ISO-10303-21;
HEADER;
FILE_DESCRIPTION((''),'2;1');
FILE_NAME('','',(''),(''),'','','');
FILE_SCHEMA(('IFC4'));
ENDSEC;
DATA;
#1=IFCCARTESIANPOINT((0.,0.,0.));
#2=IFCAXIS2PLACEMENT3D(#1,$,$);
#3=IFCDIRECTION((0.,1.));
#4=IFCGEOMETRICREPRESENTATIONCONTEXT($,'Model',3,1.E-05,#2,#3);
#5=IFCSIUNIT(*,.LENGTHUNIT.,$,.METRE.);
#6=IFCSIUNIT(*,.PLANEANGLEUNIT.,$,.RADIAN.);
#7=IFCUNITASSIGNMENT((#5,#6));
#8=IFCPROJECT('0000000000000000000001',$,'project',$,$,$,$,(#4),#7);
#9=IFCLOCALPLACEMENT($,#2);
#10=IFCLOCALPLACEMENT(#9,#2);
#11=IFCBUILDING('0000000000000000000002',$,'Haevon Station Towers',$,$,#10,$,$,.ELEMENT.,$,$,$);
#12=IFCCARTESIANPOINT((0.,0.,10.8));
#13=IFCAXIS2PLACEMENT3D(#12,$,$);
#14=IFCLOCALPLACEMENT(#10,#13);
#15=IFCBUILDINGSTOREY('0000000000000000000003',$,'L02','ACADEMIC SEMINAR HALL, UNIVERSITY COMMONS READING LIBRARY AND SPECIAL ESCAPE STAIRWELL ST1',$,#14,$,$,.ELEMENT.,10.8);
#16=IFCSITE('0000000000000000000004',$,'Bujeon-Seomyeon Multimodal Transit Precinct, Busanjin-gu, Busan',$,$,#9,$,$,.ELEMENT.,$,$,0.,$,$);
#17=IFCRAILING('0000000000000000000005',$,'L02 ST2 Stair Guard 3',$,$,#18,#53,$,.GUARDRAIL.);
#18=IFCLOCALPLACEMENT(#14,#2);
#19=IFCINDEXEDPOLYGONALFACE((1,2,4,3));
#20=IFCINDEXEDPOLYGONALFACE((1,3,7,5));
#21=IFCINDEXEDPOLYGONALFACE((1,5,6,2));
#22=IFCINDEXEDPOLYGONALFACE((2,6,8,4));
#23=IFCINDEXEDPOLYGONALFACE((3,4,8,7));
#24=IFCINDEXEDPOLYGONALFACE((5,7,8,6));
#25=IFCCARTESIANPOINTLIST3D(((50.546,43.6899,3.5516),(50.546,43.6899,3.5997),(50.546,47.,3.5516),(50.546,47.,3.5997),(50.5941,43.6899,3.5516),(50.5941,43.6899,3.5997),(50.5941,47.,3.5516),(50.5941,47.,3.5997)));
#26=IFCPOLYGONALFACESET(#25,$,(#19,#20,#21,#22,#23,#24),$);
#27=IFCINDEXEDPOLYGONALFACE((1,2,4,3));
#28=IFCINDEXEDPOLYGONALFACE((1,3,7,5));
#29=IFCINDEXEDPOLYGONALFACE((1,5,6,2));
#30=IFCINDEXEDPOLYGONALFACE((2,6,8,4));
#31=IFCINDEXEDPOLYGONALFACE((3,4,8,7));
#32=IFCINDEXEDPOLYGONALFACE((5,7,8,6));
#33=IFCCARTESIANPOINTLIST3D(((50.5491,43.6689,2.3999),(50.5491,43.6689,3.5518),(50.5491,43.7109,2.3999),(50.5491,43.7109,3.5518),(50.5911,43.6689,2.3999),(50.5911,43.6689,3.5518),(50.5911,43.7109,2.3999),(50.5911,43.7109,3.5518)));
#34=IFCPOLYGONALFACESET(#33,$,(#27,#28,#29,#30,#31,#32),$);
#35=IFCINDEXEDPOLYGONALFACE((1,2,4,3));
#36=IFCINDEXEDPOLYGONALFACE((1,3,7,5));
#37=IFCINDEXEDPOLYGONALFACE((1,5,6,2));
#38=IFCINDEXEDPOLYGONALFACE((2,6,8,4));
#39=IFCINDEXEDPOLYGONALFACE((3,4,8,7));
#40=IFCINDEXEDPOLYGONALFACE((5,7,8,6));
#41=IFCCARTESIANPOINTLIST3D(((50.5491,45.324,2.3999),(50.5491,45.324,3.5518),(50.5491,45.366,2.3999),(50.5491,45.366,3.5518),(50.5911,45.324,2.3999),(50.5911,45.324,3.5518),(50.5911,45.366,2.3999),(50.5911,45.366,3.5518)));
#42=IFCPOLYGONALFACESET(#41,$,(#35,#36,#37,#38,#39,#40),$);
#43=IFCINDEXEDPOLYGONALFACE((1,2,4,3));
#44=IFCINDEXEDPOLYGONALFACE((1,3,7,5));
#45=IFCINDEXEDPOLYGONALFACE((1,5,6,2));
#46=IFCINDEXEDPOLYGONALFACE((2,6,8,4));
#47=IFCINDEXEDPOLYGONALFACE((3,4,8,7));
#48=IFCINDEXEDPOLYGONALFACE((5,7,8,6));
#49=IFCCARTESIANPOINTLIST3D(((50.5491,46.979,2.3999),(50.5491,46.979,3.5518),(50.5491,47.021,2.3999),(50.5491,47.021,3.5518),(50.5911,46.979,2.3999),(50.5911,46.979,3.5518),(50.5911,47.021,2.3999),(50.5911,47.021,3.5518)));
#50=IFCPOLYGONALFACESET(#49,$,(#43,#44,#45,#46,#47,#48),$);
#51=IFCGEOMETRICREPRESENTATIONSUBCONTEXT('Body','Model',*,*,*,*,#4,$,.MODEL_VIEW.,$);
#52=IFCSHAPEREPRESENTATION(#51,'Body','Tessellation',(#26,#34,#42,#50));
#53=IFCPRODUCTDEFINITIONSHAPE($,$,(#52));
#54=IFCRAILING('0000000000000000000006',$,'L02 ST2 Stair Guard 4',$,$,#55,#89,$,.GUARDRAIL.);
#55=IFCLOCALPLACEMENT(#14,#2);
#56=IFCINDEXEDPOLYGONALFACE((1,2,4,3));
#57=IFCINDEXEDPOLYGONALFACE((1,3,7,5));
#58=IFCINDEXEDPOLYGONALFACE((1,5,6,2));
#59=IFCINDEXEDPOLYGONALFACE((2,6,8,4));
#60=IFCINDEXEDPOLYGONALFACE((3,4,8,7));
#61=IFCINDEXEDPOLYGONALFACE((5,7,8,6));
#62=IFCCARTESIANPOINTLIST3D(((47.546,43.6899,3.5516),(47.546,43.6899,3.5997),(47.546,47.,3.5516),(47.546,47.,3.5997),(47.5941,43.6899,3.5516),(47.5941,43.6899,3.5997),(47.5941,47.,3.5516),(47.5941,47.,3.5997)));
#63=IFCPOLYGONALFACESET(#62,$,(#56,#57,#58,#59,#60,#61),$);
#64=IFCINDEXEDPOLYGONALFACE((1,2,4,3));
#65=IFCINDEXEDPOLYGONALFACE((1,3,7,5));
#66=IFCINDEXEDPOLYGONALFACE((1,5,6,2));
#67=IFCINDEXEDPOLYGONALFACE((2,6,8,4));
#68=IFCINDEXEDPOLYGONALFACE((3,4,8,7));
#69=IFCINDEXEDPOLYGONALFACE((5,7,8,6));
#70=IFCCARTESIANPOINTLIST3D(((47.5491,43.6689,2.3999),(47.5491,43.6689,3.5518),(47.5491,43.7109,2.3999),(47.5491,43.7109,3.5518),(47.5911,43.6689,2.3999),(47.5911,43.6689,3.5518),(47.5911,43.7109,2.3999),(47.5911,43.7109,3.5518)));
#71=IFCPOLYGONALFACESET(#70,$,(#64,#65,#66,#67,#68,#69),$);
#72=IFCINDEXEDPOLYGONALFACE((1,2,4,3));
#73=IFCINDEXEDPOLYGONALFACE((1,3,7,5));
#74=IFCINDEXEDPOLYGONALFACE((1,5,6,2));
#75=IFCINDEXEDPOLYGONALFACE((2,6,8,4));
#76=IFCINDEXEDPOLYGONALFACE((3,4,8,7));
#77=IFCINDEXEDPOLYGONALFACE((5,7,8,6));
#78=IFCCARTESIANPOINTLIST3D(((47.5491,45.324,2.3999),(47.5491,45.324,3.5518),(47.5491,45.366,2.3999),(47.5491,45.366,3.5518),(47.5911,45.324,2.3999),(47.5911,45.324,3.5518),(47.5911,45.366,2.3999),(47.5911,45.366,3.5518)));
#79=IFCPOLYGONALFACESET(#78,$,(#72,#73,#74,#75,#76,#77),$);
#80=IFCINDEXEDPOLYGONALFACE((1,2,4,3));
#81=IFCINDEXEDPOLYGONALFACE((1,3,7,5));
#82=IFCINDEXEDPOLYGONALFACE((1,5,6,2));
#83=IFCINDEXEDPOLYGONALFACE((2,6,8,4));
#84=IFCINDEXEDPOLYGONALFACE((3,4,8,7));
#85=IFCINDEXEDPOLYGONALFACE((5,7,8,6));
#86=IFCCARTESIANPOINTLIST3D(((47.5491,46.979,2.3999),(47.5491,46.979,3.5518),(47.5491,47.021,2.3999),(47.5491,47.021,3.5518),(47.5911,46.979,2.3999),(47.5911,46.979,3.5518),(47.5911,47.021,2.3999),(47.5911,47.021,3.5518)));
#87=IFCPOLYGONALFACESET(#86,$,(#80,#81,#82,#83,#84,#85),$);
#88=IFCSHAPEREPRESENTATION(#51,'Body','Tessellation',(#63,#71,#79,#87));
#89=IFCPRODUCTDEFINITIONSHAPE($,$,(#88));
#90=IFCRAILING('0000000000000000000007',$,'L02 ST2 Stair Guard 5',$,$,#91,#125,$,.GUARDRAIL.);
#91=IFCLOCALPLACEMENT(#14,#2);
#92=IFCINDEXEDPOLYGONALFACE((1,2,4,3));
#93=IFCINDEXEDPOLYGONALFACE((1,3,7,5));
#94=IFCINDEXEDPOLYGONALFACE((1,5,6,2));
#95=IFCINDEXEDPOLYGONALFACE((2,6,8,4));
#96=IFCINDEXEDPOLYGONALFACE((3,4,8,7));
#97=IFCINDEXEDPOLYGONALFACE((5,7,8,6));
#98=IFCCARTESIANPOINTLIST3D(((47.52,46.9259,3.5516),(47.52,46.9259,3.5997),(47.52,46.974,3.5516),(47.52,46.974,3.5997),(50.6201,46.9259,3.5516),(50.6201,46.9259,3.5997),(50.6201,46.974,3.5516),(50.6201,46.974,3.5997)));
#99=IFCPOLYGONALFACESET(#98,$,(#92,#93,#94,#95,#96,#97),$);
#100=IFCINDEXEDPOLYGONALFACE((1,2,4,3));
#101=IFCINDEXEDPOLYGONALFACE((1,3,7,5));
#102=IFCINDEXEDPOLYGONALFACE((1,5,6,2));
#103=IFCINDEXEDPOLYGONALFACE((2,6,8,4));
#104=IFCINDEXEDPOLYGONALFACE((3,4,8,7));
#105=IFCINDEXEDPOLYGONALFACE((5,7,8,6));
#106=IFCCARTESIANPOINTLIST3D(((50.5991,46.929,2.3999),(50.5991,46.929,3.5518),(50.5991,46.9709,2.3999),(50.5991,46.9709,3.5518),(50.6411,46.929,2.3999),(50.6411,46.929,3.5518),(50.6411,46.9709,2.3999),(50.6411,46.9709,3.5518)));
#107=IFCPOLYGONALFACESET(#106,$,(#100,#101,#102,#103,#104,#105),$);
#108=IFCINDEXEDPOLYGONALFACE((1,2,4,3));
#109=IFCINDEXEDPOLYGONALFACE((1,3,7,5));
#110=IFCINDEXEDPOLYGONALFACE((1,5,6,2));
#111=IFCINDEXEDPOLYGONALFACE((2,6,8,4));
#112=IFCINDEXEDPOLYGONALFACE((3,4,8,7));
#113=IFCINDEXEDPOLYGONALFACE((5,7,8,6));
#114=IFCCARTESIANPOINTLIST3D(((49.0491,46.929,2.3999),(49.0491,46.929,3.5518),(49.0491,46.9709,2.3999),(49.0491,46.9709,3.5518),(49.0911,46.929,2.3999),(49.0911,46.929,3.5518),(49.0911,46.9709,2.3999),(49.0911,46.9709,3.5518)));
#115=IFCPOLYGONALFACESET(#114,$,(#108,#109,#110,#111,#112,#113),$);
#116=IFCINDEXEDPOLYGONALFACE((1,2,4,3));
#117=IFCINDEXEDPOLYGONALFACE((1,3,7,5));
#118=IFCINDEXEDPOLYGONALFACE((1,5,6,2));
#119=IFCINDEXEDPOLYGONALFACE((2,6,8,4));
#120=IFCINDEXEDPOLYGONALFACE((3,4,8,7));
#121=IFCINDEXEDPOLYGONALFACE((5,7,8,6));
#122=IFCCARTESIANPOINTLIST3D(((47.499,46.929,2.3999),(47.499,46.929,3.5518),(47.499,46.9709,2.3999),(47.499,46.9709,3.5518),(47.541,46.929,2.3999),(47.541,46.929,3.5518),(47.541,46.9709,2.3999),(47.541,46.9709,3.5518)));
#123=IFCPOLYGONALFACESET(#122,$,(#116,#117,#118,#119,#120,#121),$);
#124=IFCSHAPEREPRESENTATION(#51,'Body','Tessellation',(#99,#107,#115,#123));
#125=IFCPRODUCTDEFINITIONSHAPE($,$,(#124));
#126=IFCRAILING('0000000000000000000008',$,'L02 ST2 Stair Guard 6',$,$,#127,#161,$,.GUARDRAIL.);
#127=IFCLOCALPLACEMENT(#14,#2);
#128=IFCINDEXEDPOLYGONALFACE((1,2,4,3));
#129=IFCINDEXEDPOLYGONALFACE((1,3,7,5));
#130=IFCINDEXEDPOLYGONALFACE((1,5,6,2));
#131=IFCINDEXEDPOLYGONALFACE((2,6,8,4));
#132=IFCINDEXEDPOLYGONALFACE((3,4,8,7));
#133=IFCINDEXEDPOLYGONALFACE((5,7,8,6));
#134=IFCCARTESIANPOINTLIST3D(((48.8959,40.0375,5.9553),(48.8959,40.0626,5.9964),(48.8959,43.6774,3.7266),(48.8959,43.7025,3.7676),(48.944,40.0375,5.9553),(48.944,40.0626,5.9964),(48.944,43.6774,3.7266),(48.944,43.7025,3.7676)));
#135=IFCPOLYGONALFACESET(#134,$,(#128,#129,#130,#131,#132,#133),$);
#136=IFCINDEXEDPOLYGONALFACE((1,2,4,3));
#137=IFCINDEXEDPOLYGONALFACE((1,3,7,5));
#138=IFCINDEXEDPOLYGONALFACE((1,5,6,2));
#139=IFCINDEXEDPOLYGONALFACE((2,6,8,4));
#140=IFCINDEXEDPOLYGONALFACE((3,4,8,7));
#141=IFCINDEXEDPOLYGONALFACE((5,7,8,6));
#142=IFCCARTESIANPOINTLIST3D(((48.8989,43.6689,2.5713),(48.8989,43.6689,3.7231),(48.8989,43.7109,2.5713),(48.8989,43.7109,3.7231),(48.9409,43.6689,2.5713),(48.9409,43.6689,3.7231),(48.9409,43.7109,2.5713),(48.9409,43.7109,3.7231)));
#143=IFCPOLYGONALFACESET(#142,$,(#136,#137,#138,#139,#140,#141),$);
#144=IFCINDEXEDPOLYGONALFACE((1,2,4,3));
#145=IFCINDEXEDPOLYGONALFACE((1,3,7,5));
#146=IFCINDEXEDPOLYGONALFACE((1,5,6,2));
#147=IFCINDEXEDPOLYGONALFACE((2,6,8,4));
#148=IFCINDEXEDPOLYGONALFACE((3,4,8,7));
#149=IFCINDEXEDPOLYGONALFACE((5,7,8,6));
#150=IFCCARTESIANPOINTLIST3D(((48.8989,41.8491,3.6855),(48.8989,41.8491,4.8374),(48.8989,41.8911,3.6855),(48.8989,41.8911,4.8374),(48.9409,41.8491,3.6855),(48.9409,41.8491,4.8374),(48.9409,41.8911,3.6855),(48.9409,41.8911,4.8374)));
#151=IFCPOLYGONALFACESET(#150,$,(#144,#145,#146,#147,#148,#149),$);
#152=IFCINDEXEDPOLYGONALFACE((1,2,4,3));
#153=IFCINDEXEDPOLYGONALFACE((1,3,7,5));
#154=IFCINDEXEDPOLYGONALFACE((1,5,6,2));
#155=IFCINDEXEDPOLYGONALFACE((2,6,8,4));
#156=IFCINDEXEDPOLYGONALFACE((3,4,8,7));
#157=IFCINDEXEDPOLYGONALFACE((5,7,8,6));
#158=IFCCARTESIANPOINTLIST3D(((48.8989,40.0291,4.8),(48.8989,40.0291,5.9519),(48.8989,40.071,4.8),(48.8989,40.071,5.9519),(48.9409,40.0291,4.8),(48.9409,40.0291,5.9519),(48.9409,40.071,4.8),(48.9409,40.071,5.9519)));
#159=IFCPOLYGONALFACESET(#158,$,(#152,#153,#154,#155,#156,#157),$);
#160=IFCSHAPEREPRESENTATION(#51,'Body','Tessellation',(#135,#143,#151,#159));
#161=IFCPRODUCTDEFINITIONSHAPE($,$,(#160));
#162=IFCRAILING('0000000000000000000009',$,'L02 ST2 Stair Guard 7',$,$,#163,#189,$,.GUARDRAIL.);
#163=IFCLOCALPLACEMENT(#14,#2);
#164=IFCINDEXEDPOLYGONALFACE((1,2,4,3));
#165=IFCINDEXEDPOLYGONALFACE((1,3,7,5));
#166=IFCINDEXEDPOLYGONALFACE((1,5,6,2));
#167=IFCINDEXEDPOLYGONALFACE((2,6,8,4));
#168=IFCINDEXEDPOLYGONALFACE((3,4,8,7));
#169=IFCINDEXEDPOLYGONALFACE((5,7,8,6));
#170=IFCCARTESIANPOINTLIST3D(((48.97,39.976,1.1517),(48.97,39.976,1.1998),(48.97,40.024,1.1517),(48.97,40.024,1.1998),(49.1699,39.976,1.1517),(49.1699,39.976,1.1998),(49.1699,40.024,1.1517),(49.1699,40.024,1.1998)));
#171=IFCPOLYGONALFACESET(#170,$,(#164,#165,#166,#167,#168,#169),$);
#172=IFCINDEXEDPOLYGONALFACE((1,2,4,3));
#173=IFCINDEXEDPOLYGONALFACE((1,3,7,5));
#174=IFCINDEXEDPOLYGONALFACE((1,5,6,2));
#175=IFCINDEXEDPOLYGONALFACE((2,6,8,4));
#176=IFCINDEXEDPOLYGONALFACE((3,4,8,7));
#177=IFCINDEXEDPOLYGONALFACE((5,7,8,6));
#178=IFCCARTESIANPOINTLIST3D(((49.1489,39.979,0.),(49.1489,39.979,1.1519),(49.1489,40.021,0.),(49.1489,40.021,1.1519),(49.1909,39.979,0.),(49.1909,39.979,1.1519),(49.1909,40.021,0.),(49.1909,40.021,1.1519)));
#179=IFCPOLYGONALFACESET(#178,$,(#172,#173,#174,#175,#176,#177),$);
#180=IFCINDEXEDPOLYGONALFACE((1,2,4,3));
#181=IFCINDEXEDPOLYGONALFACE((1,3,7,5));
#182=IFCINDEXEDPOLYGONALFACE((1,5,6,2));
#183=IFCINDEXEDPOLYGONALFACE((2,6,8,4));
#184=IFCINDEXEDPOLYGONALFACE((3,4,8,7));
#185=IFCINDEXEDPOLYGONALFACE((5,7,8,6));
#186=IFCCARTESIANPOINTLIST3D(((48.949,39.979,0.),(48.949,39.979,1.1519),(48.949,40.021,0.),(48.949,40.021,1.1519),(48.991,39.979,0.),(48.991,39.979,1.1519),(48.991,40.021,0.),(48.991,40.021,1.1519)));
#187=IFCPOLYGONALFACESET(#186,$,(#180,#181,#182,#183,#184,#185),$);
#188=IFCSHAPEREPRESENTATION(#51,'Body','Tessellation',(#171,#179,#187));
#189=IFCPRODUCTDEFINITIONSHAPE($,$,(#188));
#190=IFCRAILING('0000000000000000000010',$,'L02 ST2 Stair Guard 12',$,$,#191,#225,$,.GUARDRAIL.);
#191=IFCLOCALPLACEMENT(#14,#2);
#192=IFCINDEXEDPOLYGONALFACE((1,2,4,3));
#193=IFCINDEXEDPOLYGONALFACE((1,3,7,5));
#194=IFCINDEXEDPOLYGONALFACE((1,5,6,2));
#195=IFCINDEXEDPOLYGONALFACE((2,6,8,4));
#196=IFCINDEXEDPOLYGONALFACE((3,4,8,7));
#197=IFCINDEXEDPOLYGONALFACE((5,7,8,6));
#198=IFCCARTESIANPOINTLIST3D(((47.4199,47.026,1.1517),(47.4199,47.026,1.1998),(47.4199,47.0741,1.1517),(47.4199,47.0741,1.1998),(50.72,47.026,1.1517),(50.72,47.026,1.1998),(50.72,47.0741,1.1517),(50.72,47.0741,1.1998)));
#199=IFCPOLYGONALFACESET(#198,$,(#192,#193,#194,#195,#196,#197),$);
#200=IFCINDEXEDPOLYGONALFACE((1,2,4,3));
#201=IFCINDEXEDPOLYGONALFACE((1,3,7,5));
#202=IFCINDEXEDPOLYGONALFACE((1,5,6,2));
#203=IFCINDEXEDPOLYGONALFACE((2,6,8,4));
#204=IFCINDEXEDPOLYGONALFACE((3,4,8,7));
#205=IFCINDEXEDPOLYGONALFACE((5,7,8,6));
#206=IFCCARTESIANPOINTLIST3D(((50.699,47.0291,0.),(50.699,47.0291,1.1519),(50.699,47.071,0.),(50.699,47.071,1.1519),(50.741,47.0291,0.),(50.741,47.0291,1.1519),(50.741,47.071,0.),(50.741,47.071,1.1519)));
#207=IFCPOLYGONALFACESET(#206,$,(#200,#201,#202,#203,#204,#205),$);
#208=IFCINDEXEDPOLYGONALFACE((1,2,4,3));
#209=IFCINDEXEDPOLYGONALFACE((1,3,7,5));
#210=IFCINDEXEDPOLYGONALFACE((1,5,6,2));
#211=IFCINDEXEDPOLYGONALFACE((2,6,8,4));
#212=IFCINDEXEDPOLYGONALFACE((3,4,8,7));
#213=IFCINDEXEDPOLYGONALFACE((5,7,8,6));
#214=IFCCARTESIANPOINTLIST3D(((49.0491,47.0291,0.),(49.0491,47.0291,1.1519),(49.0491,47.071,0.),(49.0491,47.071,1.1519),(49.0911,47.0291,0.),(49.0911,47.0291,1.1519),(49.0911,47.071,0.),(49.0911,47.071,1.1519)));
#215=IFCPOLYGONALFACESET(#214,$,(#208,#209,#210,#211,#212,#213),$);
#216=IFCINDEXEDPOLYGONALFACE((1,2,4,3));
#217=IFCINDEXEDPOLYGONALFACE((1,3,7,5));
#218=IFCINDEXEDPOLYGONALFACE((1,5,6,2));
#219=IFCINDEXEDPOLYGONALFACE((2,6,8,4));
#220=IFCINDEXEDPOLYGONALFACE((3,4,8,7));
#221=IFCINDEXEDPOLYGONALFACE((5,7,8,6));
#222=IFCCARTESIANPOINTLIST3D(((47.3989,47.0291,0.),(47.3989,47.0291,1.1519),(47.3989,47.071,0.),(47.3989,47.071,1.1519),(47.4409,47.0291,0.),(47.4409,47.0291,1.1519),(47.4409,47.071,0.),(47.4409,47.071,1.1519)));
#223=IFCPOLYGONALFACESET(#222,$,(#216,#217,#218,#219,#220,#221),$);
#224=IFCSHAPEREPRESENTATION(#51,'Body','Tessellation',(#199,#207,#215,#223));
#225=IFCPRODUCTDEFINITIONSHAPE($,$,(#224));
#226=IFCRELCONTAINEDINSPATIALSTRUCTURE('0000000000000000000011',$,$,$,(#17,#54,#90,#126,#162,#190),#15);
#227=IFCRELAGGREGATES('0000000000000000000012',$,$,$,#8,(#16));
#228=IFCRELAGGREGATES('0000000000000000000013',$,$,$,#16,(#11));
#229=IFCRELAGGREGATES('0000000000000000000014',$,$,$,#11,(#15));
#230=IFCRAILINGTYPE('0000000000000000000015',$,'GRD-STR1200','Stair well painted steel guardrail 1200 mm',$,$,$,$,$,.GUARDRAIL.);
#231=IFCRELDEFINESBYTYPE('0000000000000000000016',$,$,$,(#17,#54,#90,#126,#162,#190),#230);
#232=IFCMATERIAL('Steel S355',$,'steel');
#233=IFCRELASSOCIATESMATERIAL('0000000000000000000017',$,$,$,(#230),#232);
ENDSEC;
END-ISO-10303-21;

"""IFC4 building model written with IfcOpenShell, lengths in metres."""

from ifc_helpers import new_model, si_unit, direction, frame, origin, origin_2d, place, context, subcontext, project, spatial, rectangle, extrude, material, type_object, element, save


model = new_model("IFC4")

# Units and contexts
model_context = context("Model", 3, precision=1e-05, world=origin(), true_north=direction((0.0, 1.0)))
body_context = subcontext(model_context, "Body", "Model", "MODEL_VIEW")
ifc_project = project(units=[si_unit("LENGTHUNIT", "METRE"), si_unit("PLANEANGLEUNIT", "RADIAN")], contexts=[model_context])

# Site, building, storey
site_placement = place(None, origin())
site = spatial("IfcSite", under=ifc_project, at=site_placement, Name="Bujeon-Seomyeon Multimodal Transit Precinct, Busanjin-gu, Busan", CompositionType="ELEMENT", RefElevation=0.0)
building_placement = place(site_placement, origin())
building = spatial("IfcBuilding", under=site, at=building_placement, Name="Haevon Station Towers", CompositionType="ELEMENT")
storey_placement = place(building_placement, frame((0.0, 0.0, 10.8)))
storey = spatial("IfcBuildingStorey", under=building, at=storey_placement, Name="L02", Description="ACADEMIC SEMINAR HALL, UNIVERSITY COMMONS READING LIBRARY AND SPECIAL ESCAPE STAIRWELL ST1", CompositionType="ELEMENT", Elevation=10.8)

# Shared definitions
ifc_material_1 = material(Name="Steel S355", Category="steel")

# Railings
railing_type_1 = type_object("IfcRailingType", Name="GRD-STR1200", Description="Stair well painted steel guardrail 1200 mm", PredefinedType="GUARDRAIL", material=ifc_material_1)
for number, where, name in (
    (1, (50.5701, 43.6899, 2.3999), "L02 ST2 Stair Guard 3"),
    (2, (47.5701, 43.6899, 2.3999), "L02 ST2 Stair Guard 4"),
):
    element("IfcRailing", number, at=place(storey_placement, frame(where)), inside=storey, type_object=railing_type_1, Name=name, PredefinedType="GUARDRAIL", context=body_context, shape_type="SweptSolid", body=[
        extrude(rectangle(XDim=0.0481, YDim=0.0481, at=origin_2d()), frame((0.0, 0.0, 1.1758), z_axis=(0.0, 1.0, 0.0), x_axis=(-1.0, 0.0, 0.0)), (0.0, 0.0, 1.0), 3.3101),
        extrude(rectangle(XDim=0.042, YDim=0.042, at=origin_2d()), origin(), (0.0, 0.0, 1.0), 1.1519),
        extrude(rectangle(XDim=0.042, YDim=0.042, at=origin_2d()), frame((0.0, 1.655, 0.0)), (0.0, 0.0, 1.0), 1.1519),
        extrude(rectangle(XDim=0.042, YDim=0.042, at=origin_2d()), frame((0.0, 3.3101, 0.0)), (0.0, 0.0, 1.0), 1.1519),
    ])
railing_1_placement = place(storey_placement, frame((50.6201, 46.95, 2.3999)))
element("IfcRailing", 3, at=railing_1_placement, inside=storey, type_object=railing_type_1, Name="L02 ST2 Stair Guard 5", PredefinedType="GUARDRAIL", context=body_context, shape_type="SweptSolid", body=[
    extrude(rectangle(XDim=0.0481, YDim=0.0481, at=origin_2d()), frame((0.0, 0.0, 1.1758), z_axis=(-1.0, 0.0, 0.0), x_axis=(0.0, -1.0, 0.0)), (0.0, 0.0, 1.0), 3.1001),
    extrude(rectangle(XDim=0.042, YDim=0.042, at=origin_2d()), origin(), (0.0, 0.0, 1.0), 1.1519),
    extrude(rectangle(XDim=0.042, YDim=0.042, at=origin_2d()), frame((-1.55, 0.0, 0.0)), (0.0, 0.0, 1.0), 1.1519),
    extrude(rectangle(XDim=0.042, YDim=0.042, at=origin_2d()), frame((-3.1001, 0.0, 0.0)), (0.0, 0.0, 1.0), 1.1519),
])
railing_2_placement = place(storey_placement, frame((48.9199, 43.6899, 2.5713)))
element("IfcRailing", 4, at=railing_2_placement, inside=storey, type_object=railing_type_1, Name="L02 ST2 Stair Guard 6", PredefinedType="GUARDRAIL", context=body_context, shape_type="SweptSolid", body=[
    extrude(rectangle(XDim=0.0481, YDim=0.0481, at=origin_2d()), frame((0.0, 0.0, 1.1758), z_axis=(0.0, -0.852825, 0.522197), x_axis=(1.0, 0.0, 0.0)), (0.0, 0.0, 1.0), 4.2681),
    extrude(rectangle(XDim=0.042, YDim=0.042, at=origin_2d()), origin(), (0.0, 0.0, 1.0), 1.1519),
    extrude(rectangle(XDim=0.042, YDim=0.042, at=origin_2d()), frame((0.0, -1.8198, 1.1143)), (0.0, 0.0, 1.0), 1.1519),
    extrude(rectangle(XDim=0.042, YDim=0.042, at=origin_2d()), frame((0.0, -3.6399, 2.2288)), (0.0, 0.0, 1.0), 1.1519),
])
railing_3_placement = place(storey_placement, frame((49.1699, 40.0, 0.0)))
element("IfcRailing", 5, at=railing_3_placement, inside=storey, type_object=railing_type_1, Name="L02 ST2 Stair Guard 7", PredefinedType="GUARDRAIL", context=body_context, shape_type="SweptSolid", body=[
    extrude(rectangle(XDim=0.0481, YDim=0.0481, at=origin_2d()), frame((0.0, 0.0, 1.1758), z_axis=(-1.0, 0.0, 0.0), x_axis=(0.0, -1.0, 0.0)), (0.0, 0.0, 1.0), 0.2),
    extrude(rectangle(XDim=0.042, YDim=0.042, at=origin_2d()), origin(), (0.0, 0.0, 1.0), 1.1519),
    extrude(rectangle(XDim=0.042, YDim=0.042, at=origin_2d()), frame((-0.2, 0.0, 0.0)), (0.0, 0.0, 1.0), 1.1519),
])
railing_4_placement = place(storey_placement, frame((50.72, 47.05, 0.0)))
element("IfcRailing", 6, at=railing_4_placement, inside=storey, type_object=railing_type_1, Name="L02 ST2 Stair Guard 12", PredefinedType="GUARDRAIL", context=body_context, shape_type="SweptSolid", body=[
    extrude(rectangle(XDim=0.0481, YDim=0.0481, at=origin_2d()), frame((0.0, 0.0, 1.1758), z_axis=(-1.0, 0.0, 0.0), x_axis=(0.0, -1.0, 0.0)), (0.0, 0.0, 1.0), 3.3),
    extrude(rectangle(XDim=0.042, YDim=0.042, at=origin_2d()), origin(), (0.0, 0.0, 1.0), 1.1519),
    extrude(rectangle(XDim=0.042, YDim=0.042, at=origin_2d()), frame((-1.6499, 0.0, 0.0)), (0.0, 0.0, 1.0), 1.1519),
    extrude(rectangle(XDim=0.042, YDim=0.042, at=origin_2d()), frame((-3.3, 0.0, 0.0)), (0.0, 0.0, 1.0), 1.1519),
])

save(model, "model.ifc")
